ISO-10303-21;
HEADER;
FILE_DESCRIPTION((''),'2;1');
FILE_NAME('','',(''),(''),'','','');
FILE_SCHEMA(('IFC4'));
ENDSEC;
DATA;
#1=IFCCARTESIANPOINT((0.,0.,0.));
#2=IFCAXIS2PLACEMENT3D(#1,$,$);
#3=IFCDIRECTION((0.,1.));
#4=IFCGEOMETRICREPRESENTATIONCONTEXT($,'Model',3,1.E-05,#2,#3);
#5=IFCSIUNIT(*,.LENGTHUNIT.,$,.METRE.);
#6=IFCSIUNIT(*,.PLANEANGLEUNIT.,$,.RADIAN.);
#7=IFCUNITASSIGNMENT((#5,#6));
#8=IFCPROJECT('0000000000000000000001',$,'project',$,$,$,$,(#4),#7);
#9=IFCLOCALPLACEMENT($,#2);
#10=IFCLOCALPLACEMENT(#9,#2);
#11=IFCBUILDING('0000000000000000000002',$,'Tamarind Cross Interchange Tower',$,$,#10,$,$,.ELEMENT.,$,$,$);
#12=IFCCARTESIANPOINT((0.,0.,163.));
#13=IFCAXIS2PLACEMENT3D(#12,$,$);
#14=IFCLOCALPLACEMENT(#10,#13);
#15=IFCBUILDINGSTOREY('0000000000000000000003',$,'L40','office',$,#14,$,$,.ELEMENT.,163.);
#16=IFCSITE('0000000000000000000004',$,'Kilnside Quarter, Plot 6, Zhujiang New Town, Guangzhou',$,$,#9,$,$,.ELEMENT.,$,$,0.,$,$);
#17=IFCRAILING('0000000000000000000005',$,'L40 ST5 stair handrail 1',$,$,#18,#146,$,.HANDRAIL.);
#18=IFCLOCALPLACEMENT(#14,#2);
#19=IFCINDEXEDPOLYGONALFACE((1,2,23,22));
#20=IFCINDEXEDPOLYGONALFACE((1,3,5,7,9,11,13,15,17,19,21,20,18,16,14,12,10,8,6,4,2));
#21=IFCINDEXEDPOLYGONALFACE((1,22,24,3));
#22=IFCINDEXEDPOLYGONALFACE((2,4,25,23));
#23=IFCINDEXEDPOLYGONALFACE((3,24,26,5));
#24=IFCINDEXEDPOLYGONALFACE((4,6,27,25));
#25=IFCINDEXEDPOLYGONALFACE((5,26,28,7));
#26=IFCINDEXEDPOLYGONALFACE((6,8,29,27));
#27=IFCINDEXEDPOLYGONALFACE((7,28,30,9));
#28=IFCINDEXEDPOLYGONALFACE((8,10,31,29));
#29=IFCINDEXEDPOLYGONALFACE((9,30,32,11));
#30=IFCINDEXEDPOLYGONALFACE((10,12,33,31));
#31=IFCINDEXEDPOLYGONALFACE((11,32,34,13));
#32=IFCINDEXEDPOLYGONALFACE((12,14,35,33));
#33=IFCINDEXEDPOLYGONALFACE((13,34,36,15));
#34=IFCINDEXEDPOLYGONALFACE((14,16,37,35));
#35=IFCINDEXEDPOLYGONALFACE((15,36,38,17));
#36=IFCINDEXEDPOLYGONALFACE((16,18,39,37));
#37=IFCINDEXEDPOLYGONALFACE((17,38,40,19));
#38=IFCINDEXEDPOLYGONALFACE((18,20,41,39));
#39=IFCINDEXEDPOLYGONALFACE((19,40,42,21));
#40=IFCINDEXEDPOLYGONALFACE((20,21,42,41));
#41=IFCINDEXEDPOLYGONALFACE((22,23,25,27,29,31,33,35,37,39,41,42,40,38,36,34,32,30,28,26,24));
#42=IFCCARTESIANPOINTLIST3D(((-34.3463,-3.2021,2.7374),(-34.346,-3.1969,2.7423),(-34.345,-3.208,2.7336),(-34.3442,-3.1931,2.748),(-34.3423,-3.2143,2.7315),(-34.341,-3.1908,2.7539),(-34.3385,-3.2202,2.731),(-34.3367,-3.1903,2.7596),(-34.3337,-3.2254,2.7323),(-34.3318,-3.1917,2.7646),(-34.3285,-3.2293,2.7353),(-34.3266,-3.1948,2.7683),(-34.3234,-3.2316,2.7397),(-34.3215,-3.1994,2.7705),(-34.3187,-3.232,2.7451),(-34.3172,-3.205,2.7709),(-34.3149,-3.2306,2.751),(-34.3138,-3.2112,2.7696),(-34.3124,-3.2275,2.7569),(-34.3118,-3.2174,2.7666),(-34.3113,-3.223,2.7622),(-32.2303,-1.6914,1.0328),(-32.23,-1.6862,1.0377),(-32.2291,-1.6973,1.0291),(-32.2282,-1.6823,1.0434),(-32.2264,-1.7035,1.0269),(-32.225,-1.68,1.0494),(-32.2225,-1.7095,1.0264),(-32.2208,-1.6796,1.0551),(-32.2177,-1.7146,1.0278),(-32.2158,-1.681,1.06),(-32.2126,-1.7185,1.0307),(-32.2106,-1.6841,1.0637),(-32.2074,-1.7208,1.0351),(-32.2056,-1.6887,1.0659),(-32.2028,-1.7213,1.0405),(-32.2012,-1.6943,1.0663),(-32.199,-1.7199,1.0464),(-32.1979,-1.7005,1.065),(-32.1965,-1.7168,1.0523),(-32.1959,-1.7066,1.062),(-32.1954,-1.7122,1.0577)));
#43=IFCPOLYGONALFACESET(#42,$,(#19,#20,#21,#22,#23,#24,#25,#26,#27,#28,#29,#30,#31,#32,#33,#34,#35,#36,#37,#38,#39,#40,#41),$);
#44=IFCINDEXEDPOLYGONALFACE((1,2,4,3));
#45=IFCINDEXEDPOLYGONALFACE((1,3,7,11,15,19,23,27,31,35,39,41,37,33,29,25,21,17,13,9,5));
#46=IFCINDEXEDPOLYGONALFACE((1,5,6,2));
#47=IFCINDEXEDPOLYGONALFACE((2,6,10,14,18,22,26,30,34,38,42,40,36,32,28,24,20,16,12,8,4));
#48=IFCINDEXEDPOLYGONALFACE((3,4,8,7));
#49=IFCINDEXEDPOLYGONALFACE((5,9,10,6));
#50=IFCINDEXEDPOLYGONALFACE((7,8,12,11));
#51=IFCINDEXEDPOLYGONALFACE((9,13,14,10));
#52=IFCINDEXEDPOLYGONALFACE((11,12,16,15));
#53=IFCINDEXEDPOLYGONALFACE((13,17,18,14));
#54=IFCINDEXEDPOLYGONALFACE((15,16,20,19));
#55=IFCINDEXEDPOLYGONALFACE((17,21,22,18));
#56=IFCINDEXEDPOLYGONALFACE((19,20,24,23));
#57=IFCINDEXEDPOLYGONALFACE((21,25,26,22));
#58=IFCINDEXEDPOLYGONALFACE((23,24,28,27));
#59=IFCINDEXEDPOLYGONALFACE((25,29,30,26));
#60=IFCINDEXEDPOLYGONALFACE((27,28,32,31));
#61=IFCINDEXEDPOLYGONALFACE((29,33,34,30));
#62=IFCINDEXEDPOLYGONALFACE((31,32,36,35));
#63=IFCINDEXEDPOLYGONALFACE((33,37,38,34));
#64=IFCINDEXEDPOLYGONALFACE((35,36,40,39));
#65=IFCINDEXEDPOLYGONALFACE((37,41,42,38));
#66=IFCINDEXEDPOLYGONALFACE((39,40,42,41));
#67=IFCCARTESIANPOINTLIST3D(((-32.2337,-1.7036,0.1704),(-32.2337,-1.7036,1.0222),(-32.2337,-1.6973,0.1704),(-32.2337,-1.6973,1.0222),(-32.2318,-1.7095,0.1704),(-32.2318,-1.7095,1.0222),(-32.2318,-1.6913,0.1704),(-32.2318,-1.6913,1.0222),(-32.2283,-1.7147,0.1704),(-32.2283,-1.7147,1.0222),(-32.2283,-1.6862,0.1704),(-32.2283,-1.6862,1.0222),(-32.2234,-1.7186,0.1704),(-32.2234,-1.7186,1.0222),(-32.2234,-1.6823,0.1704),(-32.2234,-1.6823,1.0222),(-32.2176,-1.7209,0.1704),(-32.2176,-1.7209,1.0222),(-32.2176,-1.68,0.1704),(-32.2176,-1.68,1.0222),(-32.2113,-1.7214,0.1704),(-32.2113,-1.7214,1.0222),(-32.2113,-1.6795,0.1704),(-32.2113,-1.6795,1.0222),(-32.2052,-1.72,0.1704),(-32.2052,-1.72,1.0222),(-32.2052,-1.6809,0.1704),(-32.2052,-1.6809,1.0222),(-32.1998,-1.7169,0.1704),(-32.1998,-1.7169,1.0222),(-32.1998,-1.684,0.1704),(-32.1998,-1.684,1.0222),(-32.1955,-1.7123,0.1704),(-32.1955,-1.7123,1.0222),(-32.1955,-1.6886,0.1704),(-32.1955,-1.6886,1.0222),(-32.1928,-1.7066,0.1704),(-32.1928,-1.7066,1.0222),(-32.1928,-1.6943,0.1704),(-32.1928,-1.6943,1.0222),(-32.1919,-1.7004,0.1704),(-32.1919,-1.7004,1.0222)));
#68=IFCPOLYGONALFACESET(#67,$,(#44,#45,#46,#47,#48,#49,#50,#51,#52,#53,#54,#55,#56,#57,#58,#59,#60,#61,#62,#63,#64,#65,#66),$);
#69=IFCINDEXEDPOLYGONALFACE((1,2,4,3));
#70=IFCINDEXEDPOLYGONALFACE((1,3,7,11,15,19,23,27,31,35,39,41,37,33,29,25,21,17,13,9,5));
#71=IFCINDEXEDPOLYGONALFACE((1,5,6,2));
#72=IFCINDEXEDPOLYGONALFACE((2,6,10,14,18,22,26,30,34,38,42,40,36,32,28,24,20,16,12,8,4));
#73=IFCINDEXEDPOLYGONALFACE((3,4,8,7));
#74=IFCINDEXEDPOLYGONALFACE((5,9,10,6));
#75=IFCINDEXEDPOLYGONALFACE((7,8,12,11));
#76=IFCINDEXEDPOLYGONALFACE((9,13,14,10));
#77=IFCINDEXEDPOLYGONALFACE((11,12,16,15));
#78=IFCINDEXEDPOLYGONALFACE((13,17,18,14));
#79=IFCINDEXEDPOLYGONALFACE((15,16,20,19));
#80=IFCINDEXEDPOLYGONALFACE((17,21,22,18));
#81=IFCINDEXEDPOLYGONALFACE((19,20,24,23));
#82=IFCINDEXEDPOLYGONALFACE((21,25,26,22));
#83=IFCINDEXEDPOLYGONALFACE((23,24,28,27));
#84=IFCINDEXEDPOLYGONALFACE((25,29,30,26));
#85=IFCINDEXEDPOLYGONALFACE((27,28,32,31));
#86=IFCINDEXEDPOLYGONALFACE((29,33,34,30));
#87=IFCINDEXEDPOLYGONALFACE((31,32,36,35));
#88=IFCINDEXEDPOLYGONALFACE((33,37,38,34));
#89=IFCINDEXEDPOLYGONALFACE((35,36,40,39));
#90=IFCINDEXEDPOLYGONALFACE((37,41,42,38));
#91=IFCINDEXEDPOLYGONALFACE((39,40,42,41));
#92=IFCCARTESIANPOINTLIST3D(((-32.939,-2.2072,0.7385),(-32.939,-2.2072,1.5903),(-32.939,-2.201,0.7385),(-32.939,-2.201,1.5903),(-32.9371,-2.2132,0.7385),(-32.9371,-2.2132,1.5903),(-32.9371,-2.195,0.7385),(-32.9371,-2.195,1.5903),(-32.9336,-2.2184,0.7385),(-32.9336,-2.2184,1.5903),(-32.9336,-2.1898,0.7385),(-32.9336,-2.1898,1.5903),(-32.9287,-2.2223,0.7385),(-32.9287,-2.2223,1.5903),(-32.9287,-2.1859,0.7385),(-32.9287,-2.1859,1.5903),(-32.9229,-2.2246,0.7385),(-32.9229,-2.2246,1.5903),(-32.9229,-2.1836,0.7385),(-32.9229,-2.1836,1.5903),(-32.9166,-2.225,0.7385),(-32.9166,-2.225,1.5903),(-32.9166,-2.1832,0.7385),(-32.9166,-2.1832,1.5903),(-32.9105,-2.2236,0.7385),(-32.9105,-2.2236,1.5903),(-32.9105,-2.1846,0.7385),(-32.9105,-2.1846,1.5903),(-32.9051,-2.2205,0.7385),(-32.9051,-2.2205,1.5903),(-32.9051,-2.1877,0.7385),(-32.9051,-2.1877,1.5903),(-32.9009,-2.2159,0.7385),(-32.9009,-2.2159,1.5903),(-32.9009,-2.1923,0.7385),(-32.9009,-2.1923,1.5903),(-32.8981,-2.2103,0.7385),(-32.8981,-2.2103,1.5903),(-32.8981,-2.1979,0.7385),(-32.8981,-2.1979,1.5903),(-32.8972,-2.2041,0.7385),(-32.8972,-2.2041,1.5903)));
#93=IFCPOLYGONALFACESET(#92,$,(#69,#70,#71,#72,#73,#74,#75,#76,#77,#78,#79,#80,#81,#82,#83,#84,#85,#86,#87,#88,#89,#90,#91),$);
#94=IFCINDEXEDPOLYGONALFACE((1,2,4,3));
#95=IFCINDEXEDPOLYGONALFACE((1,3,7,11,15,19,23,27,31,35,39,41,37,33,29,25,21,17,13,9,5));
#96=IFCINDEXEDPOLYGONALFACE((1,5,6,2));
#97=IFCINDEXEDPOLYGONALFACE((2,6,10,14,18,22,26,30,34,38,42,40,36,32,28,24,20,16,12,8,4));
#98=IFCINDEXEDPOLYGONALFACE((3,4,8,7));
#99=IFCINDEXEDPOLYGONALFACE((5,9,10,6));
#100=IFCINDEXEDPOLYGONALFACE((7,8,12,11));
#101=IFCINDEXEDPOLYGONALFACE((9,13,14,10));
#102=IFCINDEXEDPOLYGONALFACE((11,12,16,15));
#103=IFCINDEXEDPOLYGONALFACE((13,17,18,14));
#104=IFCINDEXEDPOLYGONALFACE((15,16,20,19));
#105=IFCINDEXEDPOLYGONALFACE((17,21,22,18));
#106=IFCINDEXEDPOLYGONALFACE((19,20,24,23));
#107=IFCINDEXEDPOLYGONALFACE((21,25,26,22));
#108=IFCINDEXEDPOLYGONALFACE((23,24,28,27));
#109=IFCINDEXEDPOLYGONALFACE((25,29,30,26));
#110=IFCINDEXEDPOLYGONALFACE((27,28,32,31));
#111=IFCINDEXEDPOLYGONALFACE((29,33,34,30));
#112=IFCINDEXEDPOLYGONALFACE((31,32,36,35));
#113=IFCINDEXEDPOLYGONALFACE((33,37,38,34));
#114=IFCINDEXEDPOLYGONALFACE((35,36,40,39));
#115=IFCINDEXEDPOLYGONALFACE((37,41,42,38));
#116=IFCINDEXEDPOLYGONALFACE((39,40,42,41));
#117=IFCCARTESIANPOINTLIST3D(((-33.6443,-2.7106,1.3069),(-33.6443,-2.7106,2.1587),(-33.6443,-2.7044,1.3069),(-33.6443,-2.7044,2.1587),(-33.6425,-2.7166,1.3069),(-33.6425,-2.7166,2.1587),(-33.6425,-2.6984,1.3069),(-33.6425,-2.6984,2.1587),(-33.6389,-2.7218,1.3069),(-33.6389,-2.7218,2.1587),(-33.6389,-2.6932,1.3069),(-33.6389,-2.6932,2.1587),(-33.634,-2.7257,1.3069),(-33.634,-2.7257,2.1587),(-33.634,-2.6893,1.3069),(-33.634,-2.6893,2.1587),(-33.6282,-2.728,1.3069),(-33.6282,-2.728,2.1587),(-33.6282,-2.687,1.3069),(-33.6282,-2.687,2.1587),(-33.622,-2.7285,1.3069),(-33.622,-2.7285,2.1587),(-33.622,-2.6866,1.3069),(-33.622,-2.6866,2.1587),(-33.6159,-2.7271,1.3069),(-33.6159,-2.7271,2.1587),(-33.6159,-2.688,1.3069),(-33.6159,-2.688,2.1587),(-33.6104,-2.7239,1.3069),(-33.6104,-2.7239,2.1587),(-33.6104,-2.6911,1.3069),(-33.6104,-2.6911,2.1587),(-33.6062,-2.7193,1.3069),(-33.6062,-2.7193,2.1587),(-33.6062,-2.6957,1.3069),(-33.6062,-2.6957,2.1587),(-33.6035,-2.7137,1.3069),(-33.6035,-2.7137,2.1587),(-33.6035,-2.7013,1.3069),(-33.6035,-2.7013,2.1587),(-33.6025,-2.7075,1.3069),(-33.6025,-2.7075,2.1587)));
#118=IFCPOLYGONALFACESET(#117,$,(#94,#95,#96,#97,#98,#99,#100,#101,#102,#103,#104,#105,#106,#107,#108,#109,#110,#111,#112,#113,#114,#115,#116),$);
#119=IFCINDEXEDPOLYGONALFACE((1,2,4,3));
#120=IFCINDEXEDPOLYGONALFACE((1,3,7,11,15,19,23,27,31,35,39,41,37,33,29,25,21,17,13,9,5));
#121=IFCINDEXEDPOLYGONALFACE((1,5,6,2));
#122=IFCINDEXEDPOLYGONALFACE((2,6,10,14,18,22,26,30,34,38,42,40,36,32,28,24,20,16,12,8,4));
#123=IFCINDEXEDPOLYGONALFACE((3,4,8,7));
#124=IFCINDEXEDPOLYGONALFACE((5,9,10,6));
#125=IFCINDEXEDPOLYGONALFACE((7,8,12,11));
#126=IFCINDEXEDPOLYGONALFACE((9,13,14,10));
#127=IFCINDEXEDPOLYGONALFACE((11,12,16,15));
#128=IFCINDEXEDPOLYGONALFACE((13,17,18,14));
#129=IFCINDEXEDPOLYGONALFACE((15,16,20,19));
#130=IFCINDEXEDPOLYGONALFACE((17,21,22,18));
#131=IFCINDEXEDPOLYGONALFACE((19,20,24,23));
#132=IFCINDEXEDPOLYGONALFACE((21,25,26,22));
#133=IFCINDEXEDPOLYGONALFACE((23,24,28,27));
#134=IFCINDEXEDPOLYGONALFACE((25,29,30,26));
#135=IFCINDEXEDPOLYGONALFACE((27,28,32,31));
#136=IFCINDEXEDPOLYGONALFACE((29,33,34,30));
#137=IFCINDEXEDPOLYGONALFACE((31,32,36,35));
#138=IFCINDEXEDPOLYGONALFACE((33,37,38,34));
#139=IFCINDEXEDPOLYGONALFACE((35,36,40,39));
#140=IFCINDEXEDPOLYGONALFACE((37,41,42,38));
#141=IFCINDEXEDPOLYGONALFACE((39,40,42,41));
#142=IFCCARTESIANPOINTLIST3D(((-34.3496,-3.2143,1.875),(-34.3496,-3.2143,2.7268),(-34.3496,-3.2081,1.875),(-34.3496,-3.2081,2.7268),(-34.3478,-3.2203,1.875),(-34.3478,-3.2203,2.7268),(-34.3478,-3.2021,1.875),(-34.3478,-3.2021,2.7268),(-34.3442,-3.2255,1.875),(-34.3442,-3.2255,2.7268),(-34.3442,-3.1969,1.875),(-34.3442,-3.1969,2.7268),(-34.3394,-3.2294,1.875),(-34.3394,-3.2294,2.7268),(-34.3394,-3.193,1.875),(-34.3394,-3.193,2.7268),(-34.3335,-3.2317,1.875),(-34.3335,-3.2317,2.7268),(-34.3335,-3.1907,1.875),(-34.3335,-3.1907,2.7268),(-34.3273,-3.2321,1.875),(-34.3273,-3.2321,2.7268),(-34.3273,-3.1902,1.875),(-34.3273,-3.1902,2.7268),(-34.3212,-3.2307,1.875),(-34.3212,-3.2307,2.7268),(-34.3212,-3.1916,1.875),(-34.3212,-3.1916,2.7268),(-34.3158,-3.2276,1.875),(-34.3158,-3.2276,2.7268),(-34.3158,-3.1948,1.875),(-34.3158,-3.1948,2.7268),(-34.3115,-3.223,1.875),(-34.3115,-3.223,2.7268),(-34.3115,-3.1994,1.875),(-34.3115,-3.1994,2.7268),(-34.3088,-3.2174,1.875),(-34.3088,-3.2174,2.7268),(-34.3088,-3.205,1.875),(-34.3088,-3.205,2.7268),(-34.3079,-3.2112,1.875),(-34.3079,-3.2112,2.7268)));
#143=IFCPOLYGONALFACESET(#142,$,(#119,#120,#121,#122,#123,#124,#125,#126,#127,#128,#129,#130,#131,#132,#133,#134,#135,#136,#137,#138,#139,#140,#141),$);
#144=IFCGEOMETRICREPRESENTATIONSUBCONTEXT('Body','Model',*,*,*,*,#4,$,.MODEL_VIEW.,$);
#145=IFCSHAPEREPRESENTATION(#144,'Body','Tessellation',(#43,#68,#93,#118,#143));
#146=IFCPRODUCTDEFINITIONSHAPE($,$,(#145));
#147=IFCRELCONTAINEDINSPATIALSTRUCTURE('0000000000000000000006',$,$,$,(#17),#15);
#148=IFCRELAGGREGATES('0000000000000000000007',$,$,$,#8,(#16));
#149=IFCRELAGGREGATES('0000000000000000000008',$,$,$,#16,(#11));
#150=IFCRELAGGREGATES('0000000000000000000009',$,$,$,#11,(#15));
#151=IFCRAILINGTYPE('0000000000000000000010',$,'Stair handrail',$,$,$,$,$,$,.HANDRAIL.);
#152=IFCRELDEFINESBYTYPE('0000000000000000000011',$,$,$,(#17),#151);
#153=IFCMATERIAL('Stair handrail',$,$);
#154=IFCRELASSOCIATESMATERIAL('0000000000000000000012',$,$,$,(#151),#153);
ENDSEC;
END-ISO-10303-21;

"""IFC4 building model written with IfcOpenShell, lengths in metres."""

from ifc_helpers import new_model, si_unit, direction, frame, origin, origin_2d, place, context, subcontext, project, spatial, circle, extrude, material, type_object, element, save


model = new_model("IFC4")

# Units and contexts
model_context = context("Model", 3, precision=1e-05, world=origin(), true_north=direction((0.0, 1.0)))
body_context = subcontext(model_context, "Body", "Model", "MODEL_VIEW")
ifc_project = project(units=[si_unit("LENGTHUNIT", "METRE"), si_unit("PLANEANGLEUNIT", "RADIAN")], contexts=[model_context])

# Site, building, storey
site_placement = place(None, origin())
site = spatial("IfcSite", under=ifc_project, at=site_placement, Name="Kilnside Quarter, Plot 6, Zhujiang New Town, Guangzhou", CompositionType="ELEMENT", RefElevation=0.0)
building_placement = place(site_placement, origin())
building = spatial("IfcBuilding", under=site, at=building_placement, Name="Tamarind Cross Interchange Tower", CompositionType="ELEMENT")
storey_placement = place(building_placement, frame((0.0, 0.0, 163.0)))
storey = spatial("IfcBuildingStorey", under=building, at=storey_placement, Name="L40", Description="office", CompositionType="ELEMENT", Elevation=163.0)

# Railing
ifc_material_1 = material(Name="Stair handrail")
railing_type_1 = type_object("IfcRailingType", Name="Stair handrail", PredefinedType="HANDRAIL", material=ifc_material_1)
railing_1_placement = place(storey_placement, frame((-32.2129, -1.7004, 0.1704)))
element("IfcRailing", 1, at=railing_1_placement, inside=storey, type_object=railing_type_1, Name="L40 ST5 stair handrail 1", PredefinedType="HANDRAIL", context=body_context, shape_type="SweptSolid", body=[
    extrude(circle(Radius=0.0239, at=origin_2d()), frame((0.0, 0.0, 0.876), z_axis=(-0.680615, -0.48594, 0.548293), x_axis=(0.581069, -0.813854, 0.0)), (0.0, 0.0, 1.0), 3.1089),
    extrude(circle(Radius=0.021, at=origin_2d()), origin(), (0.0, 0.0, 1.0), 0.8518),
    extrude(circle(Radius=0.021, at=origin_2d()), frame((-0.7053, -0.5037, 0.5681)), (0.0, 0.0, 1.0), 0.8518),
    extrude(circle(Radius=0.021, at=origin_2d()), frame((-1.4106, -1.0071, 1.1365)), (0.0, 0.0, 1.0), 0.8518),
    extrude(circle(Radius=0.021, at=origin_2d()), frame((-2.116, -1.5107, 1.7046)), (0.0, 0.0, 1.0), 0.8518),
])

save(model, "model.ifc")
